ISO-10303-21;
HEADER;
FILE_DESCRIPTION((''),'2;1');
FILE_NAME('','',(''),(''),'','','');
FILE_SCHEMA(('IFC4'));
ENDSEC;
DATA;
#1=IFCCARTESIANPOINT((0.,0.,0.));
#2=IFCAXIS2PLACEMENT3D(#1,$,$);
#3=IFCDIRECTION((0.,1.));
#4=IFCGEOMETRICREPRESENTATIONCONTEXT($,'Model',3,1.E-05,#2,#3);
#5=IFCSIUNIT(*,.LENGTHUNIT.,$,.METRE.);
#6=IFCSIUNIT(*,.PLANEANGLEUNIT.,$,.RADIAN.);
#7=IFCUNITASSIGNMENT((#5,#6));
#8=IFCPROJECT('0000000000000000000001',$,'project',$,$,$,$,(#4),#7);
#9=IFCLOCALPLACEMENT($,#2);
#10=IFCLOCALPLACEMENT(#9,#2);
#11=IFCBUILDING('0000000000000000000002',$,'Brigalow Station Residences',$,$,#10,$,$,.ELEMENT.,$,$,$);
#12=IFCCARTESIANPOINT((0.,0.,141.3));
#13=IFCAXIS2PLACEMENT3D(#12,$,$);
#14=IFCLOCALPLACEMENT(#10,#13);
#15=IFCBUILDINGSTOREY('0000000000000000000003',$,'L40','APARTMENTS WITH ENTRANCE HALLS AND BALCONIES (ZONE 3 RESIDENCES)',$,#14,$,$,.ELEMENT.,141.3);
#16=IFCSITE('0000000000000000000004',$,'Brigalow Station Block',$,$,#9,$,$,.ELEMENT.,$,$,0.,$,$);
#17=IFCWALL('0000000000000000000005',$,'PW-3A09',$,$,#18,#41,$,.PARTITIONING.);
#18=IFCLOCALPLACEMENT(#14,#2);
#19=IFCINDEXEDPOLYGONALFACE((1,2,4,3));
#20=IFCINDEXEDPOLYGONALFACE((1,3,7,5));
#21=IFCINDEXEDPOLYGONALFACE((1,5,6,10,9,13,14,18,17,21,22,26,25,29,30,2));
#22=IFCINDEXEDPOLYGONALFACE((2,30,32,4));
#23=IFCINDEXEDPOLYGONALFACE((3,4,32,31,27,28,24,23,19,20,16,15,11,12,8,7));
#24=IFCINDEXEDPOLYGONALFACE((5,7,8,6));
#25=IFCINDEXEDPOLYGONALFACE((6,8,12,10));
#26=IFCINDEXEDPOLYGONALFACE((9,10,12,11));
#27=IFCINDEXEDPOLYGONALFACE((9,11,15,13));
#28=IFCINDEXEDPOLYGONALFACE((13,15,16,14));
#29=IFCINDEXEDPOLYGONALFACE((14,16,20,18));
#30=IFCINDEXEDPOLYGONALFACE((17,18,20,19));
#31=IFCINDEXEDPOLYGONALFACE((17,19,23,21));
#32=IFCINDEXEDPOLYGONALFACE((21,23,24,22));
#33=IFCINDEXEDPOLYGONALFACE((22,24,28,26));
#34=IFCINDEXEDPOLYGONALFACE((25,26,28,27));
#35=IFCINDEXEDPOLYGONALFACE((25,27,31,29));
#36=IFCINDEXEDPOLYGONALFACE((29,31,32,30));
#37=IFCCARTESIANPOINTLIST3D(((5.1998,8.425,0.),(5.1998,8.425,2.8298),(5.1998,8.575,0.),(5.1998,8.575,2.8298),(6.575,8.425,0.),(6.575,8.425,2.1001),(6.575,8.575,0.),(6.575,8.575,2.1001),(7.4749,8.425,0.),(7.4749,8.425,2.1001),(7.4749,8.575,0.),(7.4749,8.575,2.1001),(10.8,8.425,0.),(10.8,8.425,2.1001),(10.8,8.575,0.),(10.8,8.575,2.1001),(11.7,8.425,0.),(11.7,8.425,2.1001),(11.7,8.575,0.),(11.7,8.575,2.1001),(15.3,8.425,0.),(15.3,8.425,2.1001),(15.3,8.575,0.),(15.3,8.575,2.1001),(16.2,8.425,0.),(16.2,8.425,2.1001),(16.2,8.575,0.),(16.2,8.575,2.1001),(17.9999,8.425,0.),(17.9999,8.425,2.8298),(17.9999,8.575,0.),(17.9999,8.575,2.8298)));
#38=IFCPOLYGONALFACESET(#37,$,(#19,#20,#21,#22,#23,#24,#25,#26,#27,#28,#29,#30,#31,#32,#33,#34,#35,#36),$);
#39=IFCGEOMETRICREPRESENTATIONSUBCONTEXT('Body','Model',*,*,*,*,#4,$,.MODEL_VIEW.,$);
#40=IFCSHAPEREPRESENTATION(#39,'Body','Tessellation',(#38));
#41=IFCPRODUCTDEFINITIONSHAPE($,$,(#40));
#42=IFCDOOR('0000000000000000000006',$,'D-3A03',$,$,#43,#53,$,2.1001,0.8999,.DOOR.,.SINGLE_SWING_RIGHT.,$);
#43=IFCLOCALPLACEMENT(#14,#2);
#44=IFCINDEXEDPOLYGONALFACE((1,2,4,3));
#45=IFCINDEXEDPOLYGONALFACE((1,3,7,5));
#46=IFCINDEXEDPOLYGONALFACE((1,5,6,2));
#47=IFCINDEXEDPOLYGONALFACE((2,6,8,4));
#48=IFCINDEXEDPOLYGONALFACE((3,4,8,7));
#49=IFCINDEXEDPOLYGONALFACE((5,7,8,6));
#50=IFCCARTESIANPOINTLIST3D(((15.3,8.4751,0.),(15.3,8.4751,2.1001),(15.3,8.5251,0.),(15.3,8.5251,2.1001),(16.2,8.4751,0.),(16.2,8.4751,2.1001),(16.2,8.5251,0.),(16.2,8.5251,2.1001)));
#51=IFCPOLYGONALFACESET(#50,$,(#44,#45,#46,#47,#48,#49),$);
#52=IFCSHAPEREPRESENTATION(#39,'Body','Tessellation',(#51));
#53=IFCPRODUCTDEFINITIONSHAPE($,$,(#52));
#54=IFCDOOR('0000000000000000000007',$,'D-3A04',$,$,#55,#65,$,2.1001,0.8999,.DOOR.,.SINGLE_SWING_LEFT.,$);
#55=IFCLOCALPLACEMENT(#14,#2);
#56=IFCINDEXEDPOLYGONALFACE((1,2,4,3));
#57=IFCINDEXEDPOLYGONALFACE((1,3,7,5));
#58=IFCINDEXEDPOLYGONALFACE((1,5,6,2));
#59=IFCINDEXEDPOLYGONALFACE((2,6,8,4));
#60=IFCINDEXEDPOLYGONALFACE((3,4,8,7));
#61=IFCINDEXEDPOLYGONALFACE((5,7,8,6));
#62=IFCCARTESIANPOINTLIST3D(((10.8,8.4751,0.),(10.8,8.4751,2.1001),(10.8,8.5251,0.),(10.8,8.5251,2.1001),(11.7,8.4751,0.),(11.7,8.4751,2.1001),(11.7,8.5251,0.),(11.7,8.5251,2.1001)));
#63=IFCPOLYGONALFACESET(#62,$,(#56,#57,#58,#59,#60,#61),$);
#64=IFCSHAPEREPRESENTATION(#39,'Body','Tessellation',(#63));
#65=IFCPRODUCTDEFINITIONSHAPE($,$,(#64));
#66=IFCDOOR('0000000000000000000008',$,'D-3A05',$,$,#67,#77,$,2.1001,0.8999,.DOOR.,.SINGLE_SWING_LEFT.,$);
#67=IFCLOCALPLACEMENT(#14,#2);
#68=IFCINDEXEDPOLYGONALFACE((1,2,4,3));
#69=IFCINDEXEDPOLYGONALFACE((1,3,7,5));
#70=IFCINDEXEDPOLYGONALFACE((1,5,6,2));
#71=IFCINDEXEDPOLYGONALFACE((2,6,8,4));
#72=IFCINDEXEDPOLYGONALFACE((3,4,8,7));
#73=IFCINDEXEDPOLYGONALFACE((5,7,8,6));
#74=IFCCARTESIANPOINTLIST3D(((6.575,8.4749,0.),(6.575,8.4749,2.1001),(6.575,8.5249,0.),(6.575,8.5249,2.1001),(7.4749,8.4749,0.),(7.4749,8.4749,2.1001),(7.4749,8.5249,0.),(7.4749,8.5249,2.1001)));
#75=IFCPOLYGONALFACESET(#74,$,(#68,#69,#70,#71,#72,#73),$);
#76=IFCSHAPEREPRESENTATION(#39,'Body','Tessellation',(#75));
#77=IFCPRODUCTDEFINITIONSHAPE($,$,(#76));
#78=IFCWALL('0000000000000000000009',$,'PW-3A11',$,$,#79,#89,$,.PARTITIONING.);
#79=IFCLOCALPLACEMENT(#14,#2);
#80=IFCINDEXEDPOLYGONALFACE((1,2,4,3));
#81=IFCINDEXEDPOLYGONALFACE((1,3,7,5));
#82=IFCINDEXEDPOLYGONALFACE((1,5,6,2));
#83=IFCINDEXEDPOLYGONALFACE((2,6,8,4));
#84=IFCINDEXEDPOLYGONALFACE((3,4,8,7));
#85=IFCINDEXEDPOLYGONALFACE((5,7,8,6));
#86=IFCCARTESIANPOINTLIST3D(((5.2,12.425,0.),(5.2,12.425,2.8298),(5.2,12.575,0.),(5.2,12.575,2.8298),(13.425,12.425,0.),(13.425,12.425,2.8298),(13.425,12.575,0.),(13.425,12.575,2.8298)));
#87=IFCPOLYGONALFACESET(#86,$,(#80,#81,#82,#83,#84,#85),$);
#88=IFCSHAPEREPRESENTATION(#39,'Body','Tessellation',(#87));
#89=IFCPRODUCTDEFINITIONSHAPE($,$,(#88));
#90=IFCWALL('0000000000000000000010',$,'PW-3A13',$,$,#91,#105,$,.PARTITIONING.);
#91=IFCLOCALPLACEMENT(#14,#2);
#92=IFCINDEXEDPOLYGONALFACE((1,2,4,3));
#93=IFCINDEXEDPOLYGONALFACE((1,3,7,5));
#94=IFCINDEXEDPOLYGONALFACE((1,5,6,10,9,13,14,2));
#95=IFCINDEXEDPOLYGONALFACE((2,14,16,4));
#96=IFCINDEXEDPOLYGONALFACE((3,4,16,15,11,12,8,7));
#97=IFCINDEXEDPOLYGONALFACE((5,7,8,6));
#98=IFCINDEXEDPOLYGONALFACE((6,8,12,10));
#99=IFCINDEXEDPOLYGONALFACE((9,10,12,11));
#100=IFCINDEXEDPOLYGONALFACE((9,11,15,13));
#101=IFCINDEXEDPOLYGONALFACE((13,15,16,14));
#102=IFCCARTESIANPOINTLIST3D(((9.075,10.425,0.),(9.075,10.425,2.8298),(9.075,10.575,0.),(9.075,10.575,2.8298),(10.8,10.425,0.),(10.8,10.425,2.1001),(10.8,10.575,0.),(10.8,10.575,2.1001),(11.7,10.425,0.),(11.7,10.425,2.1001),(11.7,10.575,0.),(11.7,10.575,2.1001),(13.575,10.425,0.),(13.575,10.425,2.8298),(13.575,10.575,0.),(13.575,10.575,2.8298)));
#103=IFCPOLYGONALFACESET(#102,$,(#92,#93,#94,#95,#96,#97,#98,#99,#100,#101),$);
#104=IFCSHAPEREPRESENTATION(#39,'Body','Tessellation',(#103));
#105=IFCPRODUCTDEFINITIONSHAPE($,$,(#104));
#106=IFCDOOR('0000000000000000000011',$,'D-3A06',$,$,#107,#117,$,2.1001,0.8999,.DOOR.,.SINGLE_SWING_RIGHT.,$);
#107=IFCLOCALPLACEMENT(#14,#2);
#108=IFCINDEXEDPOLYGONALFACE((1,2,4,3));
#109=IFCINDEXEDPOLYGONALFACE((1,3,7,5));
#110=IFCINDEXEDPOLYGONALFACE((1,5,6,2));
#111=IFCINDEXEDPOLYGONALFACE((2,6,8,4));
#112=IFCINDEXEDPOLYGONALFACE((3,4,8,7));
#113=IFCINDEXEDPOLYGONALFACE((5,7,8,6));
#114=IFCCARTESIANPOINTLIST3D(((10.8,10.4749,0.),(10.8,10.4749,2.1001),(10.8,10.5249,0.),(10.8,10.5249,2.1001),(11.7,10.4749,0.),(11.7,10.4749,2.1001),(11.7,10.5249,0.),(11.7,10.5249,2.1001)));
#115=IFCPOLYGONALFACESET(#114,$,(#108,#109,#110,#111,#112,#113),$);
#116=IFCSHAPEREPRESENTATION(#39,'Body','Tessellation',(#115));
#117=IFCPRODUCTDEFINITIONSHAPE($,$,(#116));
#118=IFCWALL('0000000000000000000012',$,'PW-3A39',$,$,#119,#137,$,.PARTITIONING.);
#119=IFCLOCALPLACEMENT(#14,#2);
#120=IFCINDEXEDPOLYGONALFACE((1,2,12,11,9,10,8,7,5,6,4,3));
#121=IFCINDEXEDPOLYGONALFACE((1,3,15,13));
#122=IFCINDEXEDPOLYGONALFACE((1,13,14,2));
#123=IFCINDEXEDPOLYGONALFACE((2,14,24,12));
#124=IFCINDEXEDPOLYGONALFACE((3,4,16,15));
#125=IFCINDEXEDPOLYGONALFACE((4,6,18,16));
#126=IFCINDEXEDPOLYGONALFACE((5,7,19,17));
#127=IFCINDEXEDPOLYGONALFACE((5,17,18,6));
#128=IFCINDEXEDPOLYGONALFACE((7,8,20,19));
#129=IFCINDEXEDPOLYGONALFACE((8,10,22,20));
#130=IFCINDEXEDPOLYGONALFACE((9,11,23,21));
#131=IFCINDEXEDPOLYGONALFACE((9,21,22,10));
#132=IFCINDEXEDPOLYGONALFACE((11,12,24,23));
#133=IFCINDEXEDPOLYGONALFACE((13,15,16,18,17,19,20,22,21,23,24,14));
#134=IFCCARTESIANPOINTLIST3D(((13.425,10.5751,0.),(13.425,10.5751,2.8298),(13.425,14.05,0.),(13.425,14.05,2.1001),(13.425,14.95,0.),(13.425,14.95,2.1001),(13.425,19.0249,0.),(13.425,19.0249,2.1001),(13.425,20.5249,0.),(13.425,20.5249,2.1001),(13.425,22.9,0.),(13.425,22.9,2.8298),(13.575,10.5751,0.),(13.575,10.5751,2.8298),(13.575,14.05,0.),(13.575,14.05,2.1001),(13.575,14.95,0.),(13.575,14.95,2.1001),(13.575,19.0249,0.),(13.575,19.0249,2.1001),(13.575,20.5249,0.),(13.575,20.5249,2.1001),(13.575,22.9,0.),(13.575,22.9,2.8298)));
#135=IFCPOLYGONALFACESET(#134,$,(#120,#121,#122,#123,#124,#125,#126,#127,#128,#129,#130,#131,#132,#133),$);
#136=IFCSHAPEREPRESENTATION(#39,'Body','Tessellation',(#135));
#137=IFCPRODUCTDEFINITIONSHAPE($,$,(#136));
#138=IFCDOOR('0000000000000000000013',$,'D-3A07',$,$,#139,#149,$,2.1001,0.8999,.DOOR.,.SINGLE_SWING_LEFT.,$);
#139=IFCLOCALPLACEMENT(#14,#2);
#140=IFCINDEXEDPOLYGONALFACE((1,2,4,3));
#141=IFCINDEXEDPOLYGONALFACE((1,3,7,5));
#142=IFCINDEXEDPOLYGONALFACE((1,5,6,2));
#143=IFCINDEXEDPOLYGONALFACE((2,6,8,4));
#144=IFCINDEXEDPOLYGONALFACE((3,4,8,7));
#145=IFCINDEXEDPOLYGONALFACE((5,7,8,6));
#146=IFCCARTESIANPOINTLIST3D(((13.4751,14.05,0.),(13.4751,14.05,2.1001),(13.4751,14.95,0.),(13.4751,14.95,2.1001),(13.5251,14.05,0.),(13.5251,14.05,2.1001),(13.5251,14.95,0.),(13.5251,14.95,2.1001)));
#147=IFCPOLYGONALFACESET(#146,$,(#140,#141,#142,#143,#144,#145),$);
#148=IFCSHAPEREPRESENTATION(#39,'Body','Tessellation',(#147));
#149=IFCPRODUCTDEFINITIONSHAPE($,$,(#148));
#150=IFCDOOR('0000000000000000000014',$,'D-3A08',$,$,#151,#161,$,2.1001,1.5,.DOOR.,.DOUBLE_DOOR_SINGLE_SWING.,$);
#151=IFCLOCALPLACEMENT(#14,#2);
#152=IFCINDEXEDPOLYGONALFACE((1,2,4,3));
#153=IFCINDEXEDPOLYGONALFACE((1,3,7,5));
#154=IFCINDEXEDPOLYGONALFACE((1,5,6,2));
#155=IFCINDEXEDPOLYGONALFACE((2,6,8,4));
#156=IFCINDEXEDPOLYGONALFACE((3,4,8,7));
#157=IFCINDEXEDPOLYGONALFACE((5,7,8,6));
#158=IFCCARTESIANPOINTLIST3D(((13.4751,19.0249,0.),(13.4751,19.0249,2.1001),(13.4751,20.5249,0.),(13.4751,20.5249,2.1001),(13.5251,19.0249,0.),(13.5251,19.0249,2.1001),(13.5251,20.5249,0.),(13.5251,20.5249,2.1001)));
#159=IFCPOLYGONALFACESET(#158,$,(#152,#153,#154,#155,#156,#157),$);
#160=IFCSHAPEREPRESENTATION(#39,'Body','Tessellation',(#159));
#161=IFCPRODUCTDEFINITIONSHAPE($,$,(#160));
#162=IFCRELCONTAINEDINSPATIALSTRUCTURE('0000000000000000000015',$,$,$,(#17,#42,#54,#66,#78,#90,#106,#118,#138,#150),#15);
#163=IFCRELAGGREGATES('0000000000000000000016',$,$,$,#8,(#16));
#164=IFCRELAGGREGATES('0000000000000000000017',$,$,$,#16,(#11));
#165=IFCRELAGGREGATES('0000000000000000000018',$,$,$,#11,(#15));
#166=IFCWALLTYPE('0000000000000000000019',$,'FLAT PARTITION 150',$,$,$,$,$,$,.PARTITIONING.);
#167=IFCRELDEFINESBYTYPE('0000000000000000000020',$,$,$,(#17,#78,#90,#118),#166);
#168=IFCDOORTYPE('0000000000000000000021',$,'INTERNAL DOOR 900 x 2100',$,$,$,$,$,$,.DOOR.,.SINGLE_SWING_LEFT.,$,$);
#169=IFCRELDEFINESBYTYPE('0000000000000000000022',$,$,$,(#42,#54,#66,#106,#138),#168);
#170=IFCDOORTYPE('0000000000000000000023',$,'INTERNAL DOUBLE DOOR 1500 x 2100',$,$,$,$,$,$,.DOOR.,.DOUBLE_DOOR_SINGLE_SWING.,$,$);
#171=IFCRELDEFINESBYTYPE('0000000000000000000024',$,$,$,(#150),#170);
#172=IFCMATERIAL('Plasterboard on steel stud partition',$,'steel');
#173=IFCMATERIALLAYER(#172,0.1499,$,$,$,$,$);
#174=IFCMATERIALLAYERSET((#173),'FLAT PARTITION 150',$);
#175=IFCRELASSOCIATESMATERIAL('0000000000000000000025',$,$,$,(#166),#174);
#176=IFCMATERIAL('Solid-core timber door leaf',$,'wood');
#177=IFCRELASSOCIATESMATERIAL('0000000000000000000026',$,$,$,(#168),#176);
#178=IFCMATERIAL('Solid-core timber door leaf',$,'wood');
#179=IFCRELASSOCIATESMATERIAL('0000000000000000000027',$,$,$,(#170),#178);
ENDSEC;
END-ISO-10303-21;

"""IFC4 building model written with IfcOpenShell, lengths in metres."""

from ifc_helpers import new_model, si_unit, direction, frame, frame_2d, origin, place, context, subcontext, project, spatial, rectangle, extrude, material, layer, layer_set, type_object, element, fill, save


model = new_model("IFC4")

# Units and contexts
model_context = context("Model", 3, precision=1e-05, world=origin(), true_north=direction((0.0, 1.0)))
body_context = subcontext(model_context, "Body", "Model", "MODEL_VIEW")
ifc_project = project(units=[si_unit("LENGTHUNIT", "METRE"), si_unit("PLANEANGLEUNIT", "RADIAN")], contexts=[model_context])

# Site, building, storey
site_placement = place(None, origin())
site = spatial("IfcSite", under=ifc_project, at=site_placement, Name="Brigalow Station Block", CompositionType="ELEMENT", RefElevation=0.0)
building_placement = place(site_placement, origin())
building = spatial("IfcBuilding", under=site, at=building_placement, Name="Brigalow Station Residences", CompositionType="ELEMENT")
storey_placement = place(building_placement, frame((0.0, 0.0, 141.3)))
storey = spatial("IfcBuildingStorey", under=building, at=storey_placement, Name="L40", Description="APARTMENTS WITH ENTRANCE HALLS AND BALCONIES (ZONE 3 RESIDENCES)", CompositionType="ELEMENT", Elevation=141.3)

# Wall, openings, doors
ifc_material_1 = material(Name="Plasterboard on steel stud partition", Category="steel")
ifc_layer_1 = layer(ifc_material_1, 0.1499)
ifc_layer_set_1 = layer_set([ifc_layer_1], Name="FLAT PARTITION 150")
wall_type_1 = type_object("IfcWallType", Name="FLAT PARTITION 150", PredefinedType="PARTITIONING", material=ifc_layer_set_1)
wall_1_placement = place(storey_placement, frame((5.2, 8.5, 0.0), z_axis=(0.0, 0.0, 1.0), x_axis=(1.0, 0.0, 0.0)))
wall_1 = element("IfcWall", 1, at=wall_1_placement, inside=storey, type_object=wall_type_1, Name="PW-3A09", PredefinedType="PARTITIONING", context=body_context, shape_type="SweptSolid", body=[
    extrude(rectangle(XDim=12.8, YDim=0.1499, at=frame_2d((6.3999, 0.0))), origin(), (0.0, 0.0, 1.0), 2.8298),
])
opening_1_placement = place(wall_1_placement, frame((10.1001, 0.0, 0.0)))
opening_1 = element("IfcOpeningElement", 2, at=opening_1_placement, cuts=wall_1, PredefinedType="OPENING", context=body_context, shape_type="SweptSolid", body=[
    extrude(rectangle(XDim=0.8999, YDim=2.1001, at=frame_2d((0.45, 1.05))), frame((0.0, 0.085, 0.0), z_axis=(0.0, -1.0, 0.0), x_axis=(1.0, 0.0, 0.0)), (0.0, 0.0, 1.0), 0.1699),
])
opening_2_placement = place(wall_1_placement, frame((5.6001, 0.0, 0.0)))
opening_2 = element("IfcOpeningElement", 3, at=opening_2_placement, cuts=wall_1, PredefinedType="OPENING", context=body_context, shape_type="SweptSolid", body=[
    extrude(rectangle(XDim=0.8999, YDim=2.1001, at=frame_2d((0.45, 1.05))), frame((0.0, 0.085, 0.0), z_axis=(0.0, -1.0, 0.0), x_axis=(1.0, 0.0, 0.0)), (0.0, 0.0, 1.0), 0.1699),
])
opening_3_placement = place(wall_1_placement, frame((1.375, 0.0, 0.0)))
opening_3 = element("IfcOpeningElement", 4, at=opening_3_placement, cuts=wall_1, PredefinedType="OPENING", context=body_context, shape_type="SweptSolid", body=[
    extrude(rectangle(XDim=0.8999, YDim=2.1001, at=frame_2d((0.45, 1.05))), frame((0.0, 0.085, 0.0), z_axis=(0.0, -1.0, 0.0), x_axis=(1.0, 0.0, 0.0)), (0.0, 0.0, 1.0), 0.1699),
])
ifc_material_2 = material(Name="Solid-core timber door leaf", Category="wood")
door_type_1 = type_object("IfcDoorType", Name="INTERNAL DOOR 900 x 2100", OperationType="SINGLE_SWING_LEFT", PredefinedType="DOOR", material=ifc_material_2)
door_1_placement = place(opening_1_placement, frame((0.8999, 0.0, 0.0), z_axis=(0.0, 0.0, 1.0), x_axis=(-1.0, 0.0, 0.0)))
door_1 = element("IfcDoor", 5, at=door_1_placement, inside=storey, type_object=door_type_1, Name="D-3A03", OperationType="SINGLE_SWING_RIGHT", OverallHeight=2.1001, OverallWidth=0.8999, PredefinedType="DOOR", context=body_context, shape_type="SweptSolid", body=[
    extrude(rectangle(XDim=0.8999, YDim=2.1001, at=frame_2d((0.45, 1.05))), frame((0.0, 0.0249, 0.0), z_axis=(0.0, -1.0, 0.0), x_axis=(1.0, 0.0, 0.0)), (0.0, 0.0, 1.0), 0.05),
])
fill(opening_1, door_1)
door_2_placement = place(opening_2_placement, frame((0.8999, 0.0, 0.0), z_axis=(0.0, 0.0, 1.0), x_axis=(-1.0, 0.0, 0.0)))
door_2 = element("IfcDoor", 6, at=door_2_placement, inside=storey, type_object=door_type_1, Name="D-3A04", OperationType="SINGLE_SWING_LEFT", OverallHeight=2.1001, OverallWidth=0.8999, PredefinedType="DOOR", context=body_context, shape_type="SweptSolid", body=[
    extrude(rectangle(XDim=0.8999, YDim=2.1001, at=frame_2d((0.45, 1.05))), frame((0.0, 0.0249, 0.0), z_axis=(0.0, -1.0, 0.0), x_axis=(1.0, 0.0, 0.0)), (0.0, 0.0, 1.0), 0.05),
])
fill(opening_2, door_2)
door_3_placement = place(opening_3_placement, origin())
door_3 = element("IfcDoor", 7, at=door_3_placement, inside=storey, type_object=door_type_1, Name="D-3A05", OperationType="SINGLE_SWING_LEFT", OverallHeight=2.1001, OverallWidth=0.8999, PredefinedType="DOOR", context=body_context, shape_type="SweptSolid", body=[
    extrude(rectangle(XDim=0.8999, YDim=2.1001, at=frame_2d((0.45, 1.05))), frame((0.0, 0.0249, 0.0), z_axis=(0.0, -1.0, 0.0), x_axis=(1.0, 0.0, 0.0)), (0.0, 0.0, 1.0), 0.05),
])
fill(opening_3, door_3)

# Wall
wall_2_placement = place(storey_placement, frame((5.2, 12.5, 0.0), z_axis=(0.0, 0.0, 1.0), x_axis=(1.0, 0.0, 0.0)))
element("IfcWall", 8, at=wall_2_placement, inside=storey, type_object=wall_type_1, Name="PW-3A11", PredefinedType="PARTITIONING", context=body_context, shape_type="SweptSolid", body=[
    extrude(rectangle(XDim=8.2251, YDim=0.1499, at=frame_2d((4.1125, 0.0))), origin(), (0.0, 0.0, 1.0), 2.8298),
])

# Wall, opening, door
wall_3_placement = place(storey_placement, frame((9.075, 10.5, 0.0), z_axis=(0.0, 0.0, 1.0), x_axis=(1.0, 0.0, 0.0)))
wall_3 = element("IfcWall", 9, at=wall_3_placement, inside=storey, type_object=wall_type_1, Name="PW-3A13", PredefinedType="PARTITIONING", context=body_context, shape_type="SweptSolid", body=[
    extrude(rectangle(XDim=4.5, YDim=0.1499, at=frame_2d((2.25, 0.0))), origin(), (0.0, 0.0, 1.0), 2.8298),
])
opening_4_placement = place(wall_3_placement, frame((1.7251, 0.0, 0.0)))
opening_4 = element("IfcOpeningElement", 10, at=opening_4_placement, cuts=wall_3, PredefinedType="OPENING", context=body_context, shape_type="SweptSolid", body=[
    extrude(rectangle(XDim=0.8999, YDim=2.1001, at=frame_2d((0.45, 1.05))), frame((0.0, 0.085, 0.0), z_axis=(0.0, -1.0, 0.0), x_axis=(1.0, 0.0, 0.0)), (0.0, 0.0, 1.0), 0.1699),
])
door_4_placement = place(opening_4_placement, origin())
door_4 = element("IfcDoor", 11, at=door_4_placement, inside=storey, type_object=door_type_1, Name="D-3A06", OperationType="SINGLE_SWING_RIGHT", OverallHeight=2.1001, OverallWidth=0.8999, PredefinedType="DOOR", context=body_context, shape_type="SweptSolid", body=[
    extrude(rectangle(XDim=0.8999, YDim=2.1001, at=frame_2d((0.45, 1.05))), frame((0.0, 0.0249, 0.0), z_axis=(0.0, -1.0, 0.0), x_axis=(1.0, 0.0, 0.0)), (0.0, 0.0, 1.0), 0.05),
])
fill(opening_4, door_4)

# Wall, openings, doors
wall_4_placement = place(storey_placement, frame((13.5, 10.575, 0.0), z_axis=(0.0, 0.0, 1.0), x_axis=(0.0, 1.0, 0.0)))
wall_4 = element("IfcWall", 12, at=wall_4_placement, inside=storey, type_object=wall_type_1, Name="PW-3A39", PredefinedType="PARTITIONING", context=body_context, shape_type="SweptSolid", body=[
    extrude(rectangle(XDim=12.325, YDim=0.1499, at=frame_2d((6.1626, 0.0))), origin(), (0.0, 0.0, 1.0), 2.8298),
])
opening_5_placement = place(wall_4_placement, frame((3.4751, 0.0, 0.0)))
opening_5 = element("IfcOpeningElement", 13, at=opening_5_placement, cuts=wall_4, PredefinedType="OPENING", context=body_context, shape_type="SweptSolid", body=[
    extrude(rectangle(XDim=0.8999, YDim=2.1001, at=frame_2d((0.45, 1.05))), frame((0.0, 0.085, 0.0), z_axis=(0.0, -1.0, 0.0), x_axis=(1.0, 0.0, 0.0)), (0.0, 0.0, 1.0), 0.1699),
])
opening_6_placement = place(wall_4_placement, frame((8.45, 0.0, 0.0)))
opening_6 = element("IfcOpeningElement", 14, at=opening_6_placement, cuts=wall_4, PredefinedType="OPENING", context=body_context, shape_type="SweptSolid", body=[
    extrude(rectangle(XDim=1.5, YDim=2.1001, at=frame_2d((0.75, 1.05))), frame((0.0, 0.085, 0.0), z_axis=(0.0, -1.0, 0.0), x_axis=(1.0, 0.0, 0.0)), (0.0, 0.0, 1.0), 0.1699),
])
door_5_placement = place(opening_5_placement, origin())
door_5 = element("IfcDoor", 15, at=door_5_placement, inside=storey, type_object=door_type_1, Name="D-3A07", OperationType="SINGLE_SWING_LEFT", OverallHeight=2.1001, OverallWidth=0.8999, PredefinedType="DOOR", context=body_context, shape_type="SweptSolid", body=[
    extrude(rectangle(XDim=0.8999, YDim=2.1001, at=frame_2d((0.45, 1.05))), frame((0.0, 0.0249, 0.0), z_axis=(0.0, -1.0, 0.0), x_axis=(1.0, 0.0, 0.0)), (0.0, 0.0, 1.0), 0.05),
])
fill(opening_5, door_5)
ifc_material_3 = material(Name="Solid-core timber door leaf", Category="wood")
door_type_2 = type_object("IfcDoorType", Name="INTERNAL DOUBLE DOOR 1500 x 2100", OperationType="DOUBLE_DOOR_SINGLE_SWING", PredefinedType="DOOR", material=ifc_material_3)
door_6_placement = place(opening_6_placement, origin())
door_6 = element("IfcDoor", 16, at=door_6_placement, inside=storey, type_object=door_type_2, Name="D-3A08", OperationType="DOUBLE_DOOR_SINGLE_SWING", OverallHeight=2.1001, OverallWidth=1.5, PredefinedType="DOOR", context=body_context, shape_type="SweptSolid", body=[
    extrude(rectangle(XDim=1.5, YDim=2.1001, at=frame_2d((0.75, 1.05))), frame((0.0, 0.0249, 0.0), z_axis=(0.0, -1.0, 0.0), x_axis=(1.0, 0.0, 0.0)), (0.0, 0.0, 1.0), 0.05),
])
fill(opening_6, door_6)

save(model, "model.ifc")
